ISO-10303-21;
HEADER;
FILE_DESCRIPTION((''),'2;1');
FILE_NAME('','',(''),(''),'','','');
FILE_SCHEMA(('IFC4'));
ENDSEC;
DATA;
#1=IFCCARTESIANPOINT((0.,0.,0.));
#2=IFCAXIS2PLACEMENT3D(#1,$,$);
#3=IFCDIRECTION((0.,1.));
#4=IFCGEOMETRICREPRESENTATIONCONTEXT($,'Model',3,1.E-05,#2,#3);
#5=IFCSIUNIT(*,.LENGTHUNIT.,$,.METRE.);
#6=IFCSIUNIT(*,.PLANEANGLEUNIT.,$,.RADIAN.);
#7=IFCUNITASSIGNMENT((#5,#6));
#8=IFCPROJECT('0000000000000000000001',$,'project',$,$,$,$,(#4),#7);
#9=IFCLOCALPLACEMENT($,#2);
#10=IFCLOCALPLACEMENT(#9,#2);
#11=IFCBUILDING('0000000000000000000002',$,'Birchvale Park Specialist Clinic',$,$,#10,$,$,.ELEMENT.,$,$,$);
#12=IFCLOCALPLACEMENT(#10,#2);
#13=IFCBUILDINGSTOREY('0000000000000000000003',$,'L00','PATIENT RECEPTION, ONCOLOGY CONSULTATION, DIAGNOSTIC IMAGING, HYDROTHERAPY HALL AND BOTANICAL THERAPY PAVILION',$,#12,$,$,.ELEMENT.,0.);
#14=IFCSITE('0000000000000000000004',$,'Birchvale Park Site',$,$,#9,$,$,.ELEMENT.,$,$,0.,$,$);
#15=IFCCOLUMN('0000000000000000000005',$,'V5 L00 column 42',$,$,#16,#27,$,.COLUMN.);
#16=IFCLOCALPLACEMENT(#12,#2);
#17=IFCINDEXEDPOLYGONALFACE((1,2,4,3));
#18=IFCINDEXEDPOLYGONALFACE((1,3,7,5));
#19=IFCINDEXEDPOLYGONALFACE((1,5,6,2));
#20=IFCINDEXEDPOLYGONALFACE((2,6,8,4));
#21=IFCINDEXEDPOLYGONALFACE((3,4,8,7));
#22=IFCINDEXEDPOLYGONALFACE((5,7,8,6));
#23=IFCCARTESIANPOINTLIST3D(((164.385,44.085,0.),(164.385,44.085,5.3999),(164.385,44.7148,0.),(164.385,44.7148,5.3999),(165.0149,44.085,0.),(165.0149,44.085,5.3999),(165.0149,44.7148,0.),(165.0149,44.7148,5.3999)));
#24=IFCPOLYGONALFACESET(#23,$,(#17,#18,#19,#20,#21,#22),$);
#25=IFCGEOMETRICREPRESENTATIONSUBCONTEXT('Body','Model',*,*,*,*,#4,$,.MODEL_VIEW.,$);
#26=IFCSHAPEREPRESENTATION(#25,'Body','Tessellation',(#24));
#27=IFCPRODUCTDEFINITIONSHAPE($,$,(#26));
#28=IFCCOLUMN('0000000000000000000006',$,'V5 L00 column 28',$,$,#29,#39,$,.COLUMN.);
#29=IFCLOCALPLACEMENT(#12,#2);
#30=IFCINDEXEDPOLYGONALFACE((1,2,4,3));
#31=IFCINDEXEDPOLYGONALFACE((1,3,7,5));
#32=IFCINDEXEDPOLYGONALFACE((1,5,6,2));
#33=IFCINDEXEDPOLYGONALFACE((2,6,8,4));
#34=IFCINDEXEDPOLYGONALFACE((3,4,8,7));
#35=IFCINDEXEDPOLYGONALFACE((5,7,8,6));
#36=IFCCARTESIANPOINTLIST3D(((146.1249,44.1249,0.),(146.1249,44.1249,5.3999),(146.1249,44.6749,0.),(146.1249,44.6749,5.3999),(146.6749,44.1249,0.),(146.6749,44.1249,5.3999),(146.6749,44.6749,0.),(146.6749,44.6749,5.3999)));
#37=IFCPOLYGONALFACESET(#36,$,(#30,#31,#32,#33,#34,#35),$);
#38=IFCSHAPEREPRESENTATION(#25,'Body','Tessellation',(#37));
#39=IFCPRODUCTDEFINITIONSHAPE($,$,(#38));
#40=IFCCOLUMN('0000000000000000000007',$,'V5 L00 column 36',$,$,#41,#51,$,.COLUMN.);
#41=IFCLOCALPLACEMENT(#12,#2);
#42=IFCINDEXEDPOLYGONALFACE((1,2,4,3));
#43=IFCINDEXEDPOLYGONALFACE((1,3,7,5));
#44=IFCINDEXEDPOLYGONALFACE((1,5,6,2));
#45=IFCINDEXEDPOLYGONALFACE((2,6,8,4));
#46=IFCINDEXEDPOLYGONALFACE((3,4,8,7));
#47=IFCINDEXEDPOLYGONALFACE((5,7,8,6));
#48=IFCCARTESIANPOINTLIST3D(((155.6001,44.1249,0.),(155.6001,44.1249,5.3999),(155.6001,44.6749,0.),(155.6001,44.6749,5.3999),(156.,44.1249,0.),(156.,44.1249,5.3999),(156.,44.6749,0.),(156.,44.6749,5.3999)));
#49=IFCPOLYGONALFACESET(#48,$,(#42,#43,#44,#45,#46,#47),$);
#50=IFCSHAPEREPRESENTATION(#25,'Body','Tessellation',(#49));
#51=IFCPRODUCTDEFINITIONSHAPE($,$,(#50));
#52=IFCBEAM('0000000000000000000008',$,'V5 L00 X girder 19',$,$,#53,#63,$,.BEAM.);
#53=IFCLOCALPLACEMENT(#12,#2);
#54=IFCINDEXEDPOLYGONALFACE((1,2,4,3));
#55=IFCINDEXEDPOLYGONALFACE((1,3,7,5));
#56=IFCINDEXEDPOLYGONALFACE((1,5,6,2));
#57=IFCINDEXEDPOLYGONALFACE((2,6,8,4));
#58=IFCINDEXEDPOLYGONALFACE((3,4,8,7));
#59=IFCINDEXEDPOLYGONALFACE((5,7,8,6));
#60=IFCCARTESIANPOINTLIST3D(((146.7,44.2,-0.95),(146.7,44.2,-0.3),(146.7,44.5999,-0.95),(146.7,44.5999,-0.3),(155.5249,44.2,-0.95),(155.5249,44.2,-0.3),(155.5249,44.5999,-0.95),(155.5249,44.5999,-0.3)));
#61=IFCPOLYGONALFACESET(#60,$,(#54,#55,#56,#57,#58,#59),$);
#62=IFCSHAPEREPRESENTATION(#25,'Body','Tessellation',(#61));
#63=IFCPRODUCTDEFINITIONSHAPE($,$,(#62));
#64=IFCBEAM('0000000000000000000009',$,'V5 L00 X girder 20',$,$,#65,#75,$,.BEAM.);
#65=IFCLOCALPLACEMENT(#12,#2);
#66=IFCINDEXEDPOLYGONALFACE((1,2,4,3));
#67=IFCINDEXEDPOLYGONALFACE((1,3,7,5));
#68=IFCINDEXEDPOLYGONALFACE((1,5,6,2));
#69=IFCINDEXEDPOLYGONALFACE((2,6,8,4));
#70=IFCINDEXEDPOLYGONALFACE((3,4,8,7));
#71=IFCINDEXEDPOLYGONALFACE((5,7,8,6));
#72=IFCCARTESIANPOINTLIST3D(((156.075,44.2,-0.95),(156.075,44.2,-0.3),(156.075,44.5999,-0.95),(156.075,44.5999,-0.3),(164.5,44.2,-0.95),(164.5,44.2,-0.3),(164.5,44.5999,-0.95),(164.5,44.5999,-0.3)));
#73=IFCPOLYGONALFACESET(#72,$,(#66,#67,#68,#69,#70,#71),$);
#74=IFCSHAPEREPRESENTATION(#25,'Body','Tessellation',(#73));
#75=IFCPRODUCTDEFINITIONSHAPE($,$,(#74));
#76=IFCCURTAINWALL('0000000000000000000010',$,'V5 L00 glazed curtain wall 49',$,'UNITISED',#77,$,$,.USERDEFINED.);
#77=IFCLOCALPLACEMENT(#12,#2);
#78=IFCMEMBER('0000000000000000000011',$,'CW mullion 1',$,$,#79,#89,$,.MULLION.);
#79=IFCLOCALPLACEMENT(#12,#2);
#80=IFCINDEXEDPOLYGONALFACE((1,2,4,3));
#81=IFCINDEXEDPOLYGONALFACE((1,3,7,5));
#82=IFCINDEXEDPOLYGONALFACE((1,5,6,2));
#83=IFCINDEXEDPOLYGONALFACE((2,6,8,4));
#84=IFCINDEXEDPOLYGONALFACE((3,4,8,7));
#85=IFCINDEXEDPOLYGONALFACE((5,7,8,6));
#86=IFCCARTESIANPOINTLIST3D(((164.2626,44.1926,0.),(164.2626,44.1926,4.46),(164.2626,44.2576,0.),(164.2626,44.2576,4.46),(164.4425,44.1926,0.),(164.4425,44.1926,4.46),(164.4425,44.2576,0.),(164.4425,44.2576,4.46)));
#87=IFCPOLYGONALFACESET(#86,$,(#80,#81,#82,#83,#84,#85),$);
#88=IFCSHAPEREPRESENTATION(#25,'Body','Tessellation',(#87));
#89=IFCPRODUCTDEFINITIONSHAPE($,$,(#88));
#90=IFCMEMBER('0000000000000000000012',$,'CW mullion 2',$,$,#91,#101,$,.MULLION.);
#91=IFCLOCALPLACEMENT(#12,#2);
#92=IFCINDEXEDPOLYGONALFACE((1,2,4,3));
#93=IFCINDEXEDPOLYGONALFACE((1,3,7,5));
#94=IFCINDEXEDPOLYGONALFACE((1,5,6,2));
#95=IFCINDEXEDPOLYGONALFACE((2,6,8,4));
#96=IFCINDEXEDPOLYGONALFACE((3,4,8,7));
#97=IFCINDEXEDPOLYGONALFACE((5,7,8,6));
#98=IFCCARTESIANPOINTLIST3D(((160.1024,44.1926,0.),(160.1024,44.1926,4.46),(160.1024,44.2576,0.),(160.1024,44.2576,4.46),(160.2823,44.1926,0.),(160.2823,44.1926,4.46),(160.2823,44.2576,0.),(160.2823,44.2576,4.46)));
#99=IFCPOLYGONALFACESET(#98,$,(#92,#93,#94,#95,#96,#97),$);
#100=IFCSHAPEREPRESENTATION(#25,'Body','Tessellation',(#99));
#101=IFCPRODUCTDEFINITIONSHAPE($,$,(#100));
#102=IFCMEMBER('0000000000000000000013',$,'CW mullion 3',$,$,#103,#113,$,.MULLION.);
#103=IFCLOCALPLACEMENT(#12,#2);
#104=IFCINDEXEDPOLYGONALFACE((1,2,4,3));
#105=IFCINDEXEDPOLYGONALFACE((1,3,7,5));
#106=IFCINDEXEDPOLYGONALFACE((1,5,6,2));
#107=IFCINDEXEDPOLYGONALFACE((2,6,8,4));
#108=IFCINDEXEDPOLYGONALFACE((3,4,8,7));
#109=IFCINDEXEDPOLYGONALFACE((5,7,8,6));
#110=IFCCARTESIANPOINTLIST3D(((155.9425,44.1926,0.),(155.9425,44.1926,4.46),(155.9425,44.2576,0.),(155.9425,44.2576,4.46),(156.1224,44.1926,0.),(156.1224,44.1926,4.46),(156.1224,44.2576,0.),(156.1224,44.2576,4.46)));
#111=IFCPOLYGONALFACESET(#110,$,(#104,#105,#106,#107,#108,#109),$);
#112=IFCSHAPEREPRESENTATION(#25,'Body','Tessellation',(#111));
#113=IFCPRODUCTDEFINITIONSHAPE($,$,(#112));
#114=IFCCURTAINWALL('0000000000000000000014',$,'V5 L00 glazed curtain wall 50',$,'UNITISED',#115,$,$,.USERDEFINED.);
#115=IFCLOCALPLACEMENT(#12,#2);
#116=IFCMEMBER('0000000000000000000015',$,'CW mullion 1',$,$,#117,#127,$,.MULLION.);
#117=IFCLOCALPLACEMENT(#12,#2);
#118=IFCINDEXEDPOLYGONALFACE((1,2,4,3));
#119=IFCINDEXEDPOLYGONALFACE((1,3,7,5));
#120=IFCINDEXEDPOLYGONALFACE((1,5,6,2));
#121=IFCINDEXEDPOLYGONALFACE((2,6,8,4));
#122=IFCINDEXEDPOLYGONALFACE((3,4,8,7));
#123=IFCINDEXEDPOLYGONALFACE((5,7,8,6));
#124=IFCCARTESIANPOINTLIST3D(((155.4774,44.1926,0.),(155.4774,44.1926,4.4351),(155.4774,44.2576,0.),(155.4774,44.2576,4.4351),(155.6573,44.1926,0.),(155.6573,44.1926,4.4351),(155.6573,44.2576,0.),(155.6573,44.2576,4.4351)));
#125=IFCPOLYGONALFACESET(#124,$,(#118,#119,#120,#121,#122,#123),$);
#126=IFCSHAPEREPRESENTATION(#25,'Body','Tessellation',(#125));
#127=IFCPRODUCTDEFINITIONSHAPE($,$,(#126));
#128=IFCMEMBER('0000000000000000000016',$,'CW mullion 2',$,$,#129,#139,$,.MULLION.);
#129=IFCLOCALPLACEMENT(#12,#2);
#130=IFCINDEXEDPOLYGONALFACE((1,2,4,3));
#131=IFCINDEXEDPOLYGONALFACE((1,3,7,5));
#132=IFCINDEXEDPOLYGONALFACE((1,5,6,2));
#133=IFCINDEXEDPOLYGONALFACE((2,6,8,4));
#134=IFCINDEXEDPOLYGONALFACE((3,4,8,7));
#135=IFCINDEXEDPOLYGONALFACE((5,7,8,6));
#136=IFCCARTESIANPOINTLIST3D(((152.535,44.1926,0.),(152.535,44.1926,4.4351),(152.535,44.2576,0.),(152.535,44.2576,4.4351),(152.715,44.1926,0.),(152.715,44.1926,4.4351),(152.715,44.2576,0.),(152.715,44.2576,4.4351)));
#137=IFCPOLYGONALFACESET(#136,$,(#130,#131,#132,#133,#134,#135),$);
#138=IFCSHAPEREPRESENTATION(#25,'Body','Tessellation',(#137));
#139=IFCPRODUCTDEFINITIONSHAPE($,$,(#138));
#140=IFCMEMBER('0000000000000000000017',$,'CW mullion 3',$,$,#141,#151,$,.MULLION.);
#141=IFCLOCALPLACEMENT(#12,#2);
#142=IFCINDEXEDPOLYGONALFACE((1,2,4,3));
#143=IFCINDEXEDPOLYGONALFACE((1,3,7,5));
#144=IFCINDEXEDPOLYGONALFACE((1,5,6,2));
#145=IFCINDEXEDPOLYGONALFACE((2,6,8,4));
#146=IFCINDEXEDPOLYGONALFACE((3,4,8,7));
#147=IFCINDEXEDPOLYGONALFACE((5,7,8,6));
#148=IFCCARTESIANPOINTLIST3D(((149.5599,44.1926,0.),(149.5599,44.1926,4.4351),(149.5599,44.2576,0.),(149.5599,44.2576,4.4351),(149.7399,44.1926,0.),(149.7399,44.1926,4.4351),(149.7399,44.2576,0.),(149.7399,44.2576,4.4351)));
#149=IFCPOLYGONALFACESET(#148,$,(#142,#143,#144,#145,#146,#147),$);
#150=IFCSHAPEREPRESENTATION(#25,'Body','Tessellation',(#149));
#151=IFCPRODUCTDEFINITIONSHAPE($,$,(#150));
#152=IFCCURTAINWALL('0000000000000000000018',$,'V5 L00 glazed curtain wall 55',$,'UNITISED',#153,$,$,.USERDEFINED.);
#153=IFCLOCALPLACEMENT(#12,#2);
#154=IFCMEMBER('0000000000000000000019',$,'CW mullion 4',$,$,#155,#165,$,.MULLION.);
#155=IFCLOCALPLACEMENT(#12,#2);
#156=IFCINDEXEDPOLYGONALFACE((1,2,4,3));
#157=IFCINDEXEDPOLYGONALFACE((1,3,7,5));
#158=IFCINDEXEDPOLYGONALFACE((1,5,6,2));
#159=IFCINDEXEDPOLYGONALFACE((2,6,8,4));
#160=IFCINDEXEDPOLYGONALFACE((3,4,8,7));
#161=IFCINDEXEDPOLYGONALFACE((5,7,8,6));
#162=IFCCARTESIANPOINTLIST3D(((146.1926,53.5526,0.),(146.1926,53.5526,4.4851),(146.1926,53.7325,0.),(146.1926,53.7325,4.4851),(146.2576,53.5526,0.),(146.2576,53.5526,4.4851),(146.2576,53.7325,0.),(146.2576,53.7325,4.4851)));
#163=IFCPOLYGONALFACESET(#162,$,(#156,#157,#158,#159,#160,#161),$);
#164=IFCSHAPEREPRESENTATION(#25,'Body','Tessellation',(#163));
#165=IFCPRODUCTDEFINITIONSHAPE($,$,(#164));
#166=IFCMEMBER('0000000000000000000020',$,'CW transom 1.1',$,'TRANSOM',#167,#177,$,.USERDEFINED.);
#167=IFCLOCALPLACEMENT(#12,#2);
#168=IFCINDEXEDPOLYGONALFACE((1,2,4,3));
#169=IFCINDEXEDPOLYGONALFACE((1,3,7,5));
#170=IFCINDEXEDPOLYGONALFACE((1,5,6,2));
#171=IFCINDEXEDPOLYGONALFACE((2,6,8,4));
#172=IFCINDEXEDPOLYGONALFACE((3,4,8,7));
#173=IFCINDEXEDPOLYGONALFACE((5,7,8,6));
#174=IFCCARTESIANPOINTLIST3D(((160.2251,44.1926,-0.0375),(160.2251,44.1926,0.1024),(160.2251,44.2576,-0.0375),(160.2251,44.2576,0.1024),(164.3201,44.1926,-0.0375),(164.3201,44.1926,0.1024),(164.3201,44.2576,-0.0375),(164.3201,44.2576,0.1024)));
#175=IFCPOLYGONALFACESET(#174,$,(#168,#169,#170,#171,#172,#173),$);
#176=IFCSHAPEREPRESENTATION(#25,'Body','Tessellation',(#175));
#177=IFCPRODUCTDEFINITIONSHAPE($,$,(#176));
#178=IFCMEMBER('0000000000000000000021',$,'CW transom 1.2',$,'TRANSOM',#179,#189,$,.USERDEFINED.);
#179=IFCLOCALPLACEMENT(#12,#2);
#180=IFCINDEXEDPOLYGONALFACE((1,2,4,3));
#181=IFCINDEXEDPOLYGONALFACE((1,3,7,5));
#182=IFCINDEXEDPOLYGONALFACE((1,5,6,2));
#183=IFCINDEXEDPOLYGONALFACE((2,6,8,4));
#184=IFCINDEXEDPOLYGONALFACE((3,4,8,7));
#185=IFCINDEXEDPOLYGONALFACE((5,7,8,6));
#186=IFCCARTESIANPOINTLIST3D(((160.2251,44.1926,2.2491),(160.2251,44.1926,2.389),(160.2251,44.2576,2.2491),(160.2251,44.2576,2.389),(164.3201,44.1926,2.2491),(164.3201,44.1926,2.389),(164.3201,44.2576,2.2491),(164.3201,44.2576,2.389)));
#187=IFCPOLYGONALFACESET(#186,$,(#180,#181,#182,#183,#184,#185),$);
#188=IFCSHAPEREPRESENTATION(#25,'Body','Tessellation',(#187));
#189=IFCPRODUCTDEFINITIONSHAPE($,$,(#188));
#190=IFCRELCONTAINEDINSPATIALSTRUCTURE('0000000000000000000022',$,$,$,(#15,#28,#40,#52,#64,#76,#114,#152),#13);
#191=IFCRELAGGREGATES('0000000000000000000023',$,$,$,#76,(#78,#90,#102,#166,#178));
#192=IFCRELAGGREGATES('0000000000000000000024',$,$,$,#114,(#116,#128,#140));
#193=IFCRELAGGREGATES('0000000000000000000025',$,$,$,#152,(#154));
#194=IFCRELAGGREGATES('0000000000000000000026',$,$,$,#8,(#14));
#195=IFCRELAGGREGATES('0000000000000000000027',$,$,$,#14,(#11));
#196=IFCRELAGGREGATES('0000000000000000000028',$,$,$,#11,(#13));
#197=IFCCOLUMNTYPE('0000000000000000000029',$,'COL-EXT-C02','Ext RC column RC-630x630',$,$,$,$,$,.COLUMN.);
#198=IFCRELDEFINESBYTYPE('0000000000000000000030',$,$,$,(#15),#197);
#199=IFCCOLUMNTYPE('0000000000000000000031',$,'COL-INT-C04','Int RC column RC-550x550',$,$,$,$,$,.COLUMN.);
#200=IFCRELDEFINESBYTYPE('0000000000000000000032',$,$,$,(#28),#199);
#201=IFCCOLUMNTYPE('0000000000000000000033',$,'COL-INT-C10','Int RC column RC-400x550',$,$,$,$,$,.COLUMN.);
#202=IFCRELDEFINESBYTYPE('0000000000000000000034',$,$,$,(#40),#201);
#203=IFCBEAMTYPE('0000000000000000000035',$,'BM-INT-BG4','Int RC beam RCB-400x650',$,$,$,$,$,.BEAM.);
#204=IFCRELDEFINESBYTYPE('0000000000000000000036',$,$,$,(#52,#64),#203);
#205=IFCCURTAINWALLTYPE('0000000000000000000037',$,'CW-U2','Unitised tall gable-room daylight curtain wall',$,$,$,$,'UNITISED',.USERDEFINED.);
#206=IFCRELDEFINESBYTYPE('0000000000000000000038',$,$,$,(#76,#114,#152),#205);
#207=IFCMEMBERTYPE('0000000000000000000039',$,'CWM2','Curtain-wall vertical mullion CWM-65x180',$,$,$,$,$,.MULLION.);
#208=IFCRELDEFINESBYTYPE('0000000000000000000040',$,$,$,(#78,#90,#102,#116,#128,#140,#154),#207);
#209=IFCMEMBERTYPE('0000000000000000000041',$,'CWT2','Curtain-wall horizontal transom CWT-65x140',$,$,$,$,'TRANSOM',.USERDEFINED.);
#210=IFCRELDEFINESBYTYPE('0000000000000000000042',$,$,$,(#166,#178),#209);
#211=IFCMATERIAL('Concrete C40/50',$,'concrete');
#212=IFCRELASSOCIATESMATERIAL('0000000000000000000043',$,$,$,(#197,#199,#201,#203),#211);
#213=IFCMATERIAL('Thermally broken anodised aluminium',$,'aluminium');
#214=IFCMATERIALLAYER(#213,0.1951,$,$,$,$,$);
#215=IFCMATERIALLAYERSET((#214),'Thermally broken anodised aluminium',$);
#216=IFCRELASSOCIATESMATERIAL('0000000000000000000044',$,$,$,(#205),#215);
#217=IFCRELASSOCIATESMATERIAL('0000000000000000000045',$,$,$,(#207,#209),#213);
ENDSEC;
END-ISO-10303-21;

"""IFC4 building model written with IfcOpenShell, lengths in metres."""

from ifc_helpers import new_model, si_unit, direction, frame, origin, origin_2d, place, context, subcontext, project, spatial, rectangle, extrude, material, layer, layer_set, material_profile, profile_set, type_object, element, aggregate, save


model = new_model("IFC4")

# Units and contexts
model_context = context("Model", 3, precision=1e-05, world=origin(), true_north=direction((0.0, 1.0)))
body_context = subcontext(model_context, "Body", "Model", "MODEL_VIEW")
ifc_project = project(units=[si_unit("LENGTHUNIT", "METRE"), si_unit("PLANEANGLEUNIT", "RADIAN")], contexts=[model_context])

# Site, building, storey
site_placement = place(None, origin())
site = spatial("IfcSite", under=ifc_project, at=site_placement, Name="Birchvale Park Site", CompositionType="ELEMENT", RefElevation=0.0)
building_placement = place(site_placement, origin())
building = spatial("IfcBuilding", under=site, at=building_placement, Name="Birchvale Park Specialist Clinic", CompositionType="ELEMENT")
storey_placement = place(building_placement, origin())
storey = spatial("IfcBuildingStorey", under=building, at=storey_placement, Name="L00", Description="PATIENT RECEPTION, ONCOLOGY CONSULTATION, DIAGNOSTIC IMAGING, HYDROTHERAPY HALL AND BOTANICAL THERAPY PAVILION", CompositionType="ELEMENT", Elevation=0.0)

# Columns
ifc_material_1 = material(Name="Concrete C40/50", Category="concrete")
ifc_material_profile_1 = material_profile(ifc_material_1, rectangle(XDim=0.6299, YDim=0.6299, at=origin_2d()), Name="RC-630x630")
ifc_profile_set_1 = profile_set([ifc_material_profile_1], Name="Concrete C40/50")
column_type_1 = type_object("IfcColumnType", Name="COL-EXT-C02", Description="Ext RC column RC-630x630", PredefinedType="COLUMN", material=ifc_profile_set_1)
column_1_placement = place(storey_placement, frame((164.7, 44.3999, 0.0), z_axis=(0.0, 0.0, 1.0), x_axis=(1.0, 0.0, 0.0)))
element("IfcColumn", 1, at=column_1_placement, inside=storey, type_object=column_type_1, Name="V5 L00 column 42", PredefinedType="COLUMN", context=body_context, shape_type="SweptSolid", body=[
    extrude(rectangle(XDim=0.6299, YDim=0.6299, at=origin_2d()), origin(), (0.0, 0.0, 1.0), 5.3999),
])
ifc_material_profile_2 = material_profile(ifc_material_1, rectangle(XDim=0.55, YDim=0.55, at=origin_2d()), Name="RC-550x550")
ifc_profile_set_2 = profile_set([ifc_material_profile_2], Name="Concrete C40/50")
column_type_2 = type_object("IfcColumnType", Name="COL-INT-C04", Description="Int RC column RC-550x550", PredefinedType="COLUMN", material=ifc_profile_set_2)
column_2_placement = place(storey_placement, frame((146.3999, 44.3999, 0.0), z_axis=(0.0, 0.0, 1.0), x_axis=(1.0, 0.0, 0.0)))
element("IfcColumn", 2, at=column_2_placement, inside=storey, type_object=column_type_2, Name="V5 L00 column 28", PredefinedType="COLUMN", context=body_context, shape_type="SweptSolid", body=[
    extrude(rectangle(XDim=0.55, YDim=0.55, at=origin_2d()), origin(), (0.0, 0.0, 1.0), 5.3999),
])
ifc_material_profile_3 = material_profile(ifc_material_1, rectangle(XDim=0.3999, YDim=0.55, at=origin_2d()), Name="RC-400x550")
ifc_profile_set_3 = profile_set([ifc_material_profile_3], Name="Concrete C40/50")
column_type_3 = type_object("IfcColumnType", Name="COL-INT-C10", Description="Int RC column RC-400x550", PredefinedType="COLUMN", material=ifc_profile_set_3)
column_3_placement = place(storey_placement, frame((155.8, 44.3999, 0.0), z_axis=(0.0, 0.0, 1.0), x_axis=(1.0, 0.0, 0.0)))
element("IfcColumn", 3, at=column_3_placement, inside=storey, type_object=column_type_3, Name="V5 L00 column 36", PredefinedType="COLUMN", context=body_context, shape_type="SweptSolid", body=[
    extrude(rectangle(XDim=0.3999, YDim=0.55, at=origin_2d()), origin(), (0.0, 0.0, 1.0), 5.3999),
])

# Beams
ifc_material_profile_4 = material_profile(ifc_material_1, rectangle(XDim=0.3999, YDim=0.6499, at=origin_2d()), Name="RCB-400x650")
ifc_profile_set_4 = profile_set([ifc_material_profile_4], Name="Concrete C40/50")
beam_type = type_object("IfcBeamType", Name="BM-INT-BG4", Description="Int RC beam RCB-400x650", PredefinedType="BEAM", material=ifc_profile_set_4)
beam_1_placement = place(storey_placement, frame((146.7, 44.3999, -0.625), z_axis=(1.0, 0.0, 0.0), x_axis=(0.0, 1.0, 0.0)))
element("IfcBeam", 4, at=beam_1_placement, inside=storey, type_object=beam_type, Name="V5 L00 X girder 19", PredefinedType="BEAM", context=body_context, shape_type="SweptSolid", body=[
    extrude(rectangle(XDim=0.3999, YDim=0.6499, at=origin_2d()), origin(), (0.0, 0.0, 1.0), 8.825),
])
beam_2_placement = place(storey_placement, frame((156.075, 44.3999, -0.625), z_axis=(1.0, 0.0, 0.0), x_axis=(0.0, 1.0, 0.0)))
element("IfcBeam", 5, at=beam_2_placement, inside=storey, type_object=beam_type, Name="V5 L00 X girder 20", PredefinedType="BEAM", context=body_context, shape_type="SweptSolid", body=[
    extrude(rectangle(XDim=0.3999, YDim=0.6499, at=origin_2d()), origin(), (0.0, 0.0, 1.0), 8.425),
])

# Curtain walls, members
ifc_material_2 = material(Name="Thermally broken anodised aluminium", Category="aluminium")
ifc_layer_1 = layer(ifc_material_2, 0.1951)
ifc_layer_set_1 = layer_set([ifc_layer_1], Name="Thermally broken anodised aluminium")
curtain_wall_type = type_object("IfcCurtainWallType", Name="CW-U2", Description="Unitised tall gable-room daylight curtain wall", ElementType="UNITISED", PredefinedType="USERDEFINED", material=ifc_layer_set_1)
curtain_wall_1_placement = place(storey_placement, origin())
curtain_wall_1 = element("IfcCurtainWall", 6, at=curtain_wall_1_placement, inside=storey, type_object=curtain_wall_type, Name="V5 L00 glazed curtain wall 49", ObjectType="UNITISED", PredefinedType="USERDEFINED")
ifc_material_profile_5 = material_profile(ifc_material_2, rectangle(XDim=0.0649, YDim=0.1799, at=origin_2d()), Name="CWM-65x180")
ifc_profile_set_5 = profile_set([ifc_material_profile_5], Name="Thermally broken anodised aluminium")
member_type_1 = type_object("IfcMemberType", Name="CWM2", Description="Curtain-wall vertical mullion CWM-65x180", PredefinedType="MULLION", material=ifc_profile_set_5)
member_1_placement = place(storey_placement, frame((164.3525, 44.2251, 0.0), z_axis=(0.0, 0.0, 1.0), x_axis=(0.0, -1.0, 0.0)))
member_1 = element("IfcMember", 7, at=member_1_placement, type_object=member_type_1, Name="CW mullion 1", PredefinedType="MULLION", context=body_context, shape_type="SweptSolid", body=[
    extrude(rectangle(XDim=0.0649, YDim=0.1799, at=origin_2d()), origin(), (0.0, 0.0, 1.0), 4.46),
])
member_2_placement = place(storey_placement, frame((160.1924, 44.2251, 0.0), z_axis=(0.0, 0.0, 1.0), x_axis=(0.0, -1.0, 0.0)))
member_2 = element("IfcMember", 8, at=member_2_placement, type_object=member_type_1, Name="CW mullion 2", PredefinedType="MULLION", context=body_context, shape_type="SweptSolid", body=[
    extrude(rectangle(XDim=0.0649, YDim=0.1799, at=origin_2d()), origin(), (0.0, 0.0, 1.0), 4.46),
])
member_3_placement = place(storey_placement, frame((156.0325, 44.2251, 0.0), z_axis=(0.0, 0.0, 1.0), x_axis=(0.0, -1.0, 0.0)))
member_3 = element("IfcMember", 9, at=member_3_placement, type_object=member_type_1, Name="CW mullion 3", PredefinedType="MULLION", context=body_context, shape_type="SweptSolid", body=[
    extrude(rectangle(XDim=0.0649, YDim=0.1799, at=origin_2d()), origin(), (0.0, 0.0, 1.0), 4.46),
])
curtain_wall_2_placement = place(storey_placement, origin())
curtain_wall_2 = element("IfcCurtainWall", 10, at=curtain_wall_2_placement, inside=storey, type_object=curtain_wall_type, Name="V5 L00 glazed curtain wall 50", ObjectType="UNITISED", PredefinedType="USERDEFINED")
member_4_placement = place(storey_placement, frame((155.5674, 44.2251, 0.0), z_axis=(0.0, 0.0, 1.0), x_axis=(0.0, -1.0, 0.0)))
member_4 = element("IfcMember", 11, at=member_4_placement, type_object=member_type_1, Name="CW mullion 1", PredefinedType="MULLION", context=body_context, shape_type="SweptSolid", body=[
    extrude(rectangle(XDim=0.0649, YDim=0.1799, at=origin_2d()), origin(), (0.0, 0.0, 1.0), 4.4351),
])
member_5_placement = place(storey_placement, frame((152.625, 44.2251, 0.0), z_axis=(0.0, 0.0, 1.0), x_axis=(0.0, -1.0, 0.0)))
member_5 = element("IfcMember", 12, at=member_5_placement, type_object=member_type_1, Name="CW mullion 2", PredefinedType="MULLION", context=body_context, shape_type="SweptSolid", body=[
    extrude(rectangle(XDim=0.0649, YDim=0.1799, at=origin_2d()), origin(), (0.0, 0.0, 1.0), 4.4351),
])
member_6_placement = place(storey_placement, frame((149.6499, 44.2251, 0.0), z_axis=(0.0, 0.0, 1.0), x_axis=(0.0, -1.0, 0.0)))
member_6 = element("IfcMember", 13, at=member_6_placement, type_object=member_type_1, Name="CW mullion 3", PredefinedType="MULLION", context=body_context, shape_type="SweptSolid", body=[
    extrude(rectangle(XDim=0.0649, YDim=0.1799, at=origin_2d()), origin(), (0.0, 0.0, 1.0), 4.4351),
])

# Curtain wall, member
curtain_wall_3_placement = place(storey_placement, origin())
curtain_wall_3 = element("IfcCurtainWall", 14, at=curtain_wall_3_placement, inside=storey, type_object=curtain_wall_type, Name="V5 L00 glazed curtain wall 55", ObjectType="UNITISED", PredefinedType="USERDEFINED")
member_7_placement = place(storey_placement, frame((146.2251, 53.6426, 0.0), z_axis=(0.0, 0.0, 1.0), x_axis=(-1.0, 0.0, 0.0)))
member_7 = element("IfcMember", 15, at=member_7_placement, type_object=member_type_1, Name="CW mullion 4", PredefinedType="MULLION", context=body_context, shape_type="SweptSolid", body=[
    extrude(rectangle(XDim=0.0649, YDim=0.1799, at=origin_2d()), origin(), (0.0, 0.0, 1.0), 4.4851),
])

# Members
ifc_material_profile_6 = material_profile(ifc_material_2, rectangle(XDim=0.0649, YDim=0.1399, at=origin_2d()), Name="CWT-65x140")
ifc_profile_set_6 = profile_set([ifc_material_profile_6], Name="Thermally broken anodised aluminium")
member_type_2 = type_object("IfcMemberType", Name="CWT2", Description="Curtain-wall horizontal transom CWT-65x140", ElementType="TRANSOM", PredefinedType="USERDEFINED", material=ifc_profile_set_6)
member_8_placement = place(storey_placement, frame((164.3201, 44.2251, 0.0325), z_axis=(-1.0, 0.0, 0.0), x_axis=(0.0, -1.0, 0.0)))
member_8 = element("IfcMember", 16, at=member_8_placement, type_object=member_type_2, Name="CW transom 1.1", ObjectType="TRANSOM", PredefinedType="USERDEFINED", context=body_context, shape_type="SweptSolid", body=[
    extrude(rectangle(XDim=0.0649, YDim=0.1399, at=origin_2d()), origin(), (0.0, 0.0, 1.0), 4.095),
])
member_9_placement = place(storey_placement, frame((164.3201, 44.2251, 2.3191), z_axis=(-1.0, 0.0, 0.0), x_axis=(0.0, -1.0, 0.0)))
member_9 = element("IfcMember", 17, at=member_9_placement, type_object=member_type_2, Name="CW transom 1.2", ObjectType="TRANSOM", PredefinedType="USERDEFINED", context=body_context, shape_type="SweptSolid", body=[
    extrude(rectangle(XDim=0.0649, YDim=0.1399, at=origin_2d()), origin(), (0.0, 0.0, 1.0), 4.095),
])

aggregate(curtain_wall_1, [member_1, member_2, member_3, member_8, member_9])
aggregate(curtain_wall_2, [member_4, member_5, member_6])
aggregate(curtain_wall_3, [member_7])

save(model, "model.ifc")
